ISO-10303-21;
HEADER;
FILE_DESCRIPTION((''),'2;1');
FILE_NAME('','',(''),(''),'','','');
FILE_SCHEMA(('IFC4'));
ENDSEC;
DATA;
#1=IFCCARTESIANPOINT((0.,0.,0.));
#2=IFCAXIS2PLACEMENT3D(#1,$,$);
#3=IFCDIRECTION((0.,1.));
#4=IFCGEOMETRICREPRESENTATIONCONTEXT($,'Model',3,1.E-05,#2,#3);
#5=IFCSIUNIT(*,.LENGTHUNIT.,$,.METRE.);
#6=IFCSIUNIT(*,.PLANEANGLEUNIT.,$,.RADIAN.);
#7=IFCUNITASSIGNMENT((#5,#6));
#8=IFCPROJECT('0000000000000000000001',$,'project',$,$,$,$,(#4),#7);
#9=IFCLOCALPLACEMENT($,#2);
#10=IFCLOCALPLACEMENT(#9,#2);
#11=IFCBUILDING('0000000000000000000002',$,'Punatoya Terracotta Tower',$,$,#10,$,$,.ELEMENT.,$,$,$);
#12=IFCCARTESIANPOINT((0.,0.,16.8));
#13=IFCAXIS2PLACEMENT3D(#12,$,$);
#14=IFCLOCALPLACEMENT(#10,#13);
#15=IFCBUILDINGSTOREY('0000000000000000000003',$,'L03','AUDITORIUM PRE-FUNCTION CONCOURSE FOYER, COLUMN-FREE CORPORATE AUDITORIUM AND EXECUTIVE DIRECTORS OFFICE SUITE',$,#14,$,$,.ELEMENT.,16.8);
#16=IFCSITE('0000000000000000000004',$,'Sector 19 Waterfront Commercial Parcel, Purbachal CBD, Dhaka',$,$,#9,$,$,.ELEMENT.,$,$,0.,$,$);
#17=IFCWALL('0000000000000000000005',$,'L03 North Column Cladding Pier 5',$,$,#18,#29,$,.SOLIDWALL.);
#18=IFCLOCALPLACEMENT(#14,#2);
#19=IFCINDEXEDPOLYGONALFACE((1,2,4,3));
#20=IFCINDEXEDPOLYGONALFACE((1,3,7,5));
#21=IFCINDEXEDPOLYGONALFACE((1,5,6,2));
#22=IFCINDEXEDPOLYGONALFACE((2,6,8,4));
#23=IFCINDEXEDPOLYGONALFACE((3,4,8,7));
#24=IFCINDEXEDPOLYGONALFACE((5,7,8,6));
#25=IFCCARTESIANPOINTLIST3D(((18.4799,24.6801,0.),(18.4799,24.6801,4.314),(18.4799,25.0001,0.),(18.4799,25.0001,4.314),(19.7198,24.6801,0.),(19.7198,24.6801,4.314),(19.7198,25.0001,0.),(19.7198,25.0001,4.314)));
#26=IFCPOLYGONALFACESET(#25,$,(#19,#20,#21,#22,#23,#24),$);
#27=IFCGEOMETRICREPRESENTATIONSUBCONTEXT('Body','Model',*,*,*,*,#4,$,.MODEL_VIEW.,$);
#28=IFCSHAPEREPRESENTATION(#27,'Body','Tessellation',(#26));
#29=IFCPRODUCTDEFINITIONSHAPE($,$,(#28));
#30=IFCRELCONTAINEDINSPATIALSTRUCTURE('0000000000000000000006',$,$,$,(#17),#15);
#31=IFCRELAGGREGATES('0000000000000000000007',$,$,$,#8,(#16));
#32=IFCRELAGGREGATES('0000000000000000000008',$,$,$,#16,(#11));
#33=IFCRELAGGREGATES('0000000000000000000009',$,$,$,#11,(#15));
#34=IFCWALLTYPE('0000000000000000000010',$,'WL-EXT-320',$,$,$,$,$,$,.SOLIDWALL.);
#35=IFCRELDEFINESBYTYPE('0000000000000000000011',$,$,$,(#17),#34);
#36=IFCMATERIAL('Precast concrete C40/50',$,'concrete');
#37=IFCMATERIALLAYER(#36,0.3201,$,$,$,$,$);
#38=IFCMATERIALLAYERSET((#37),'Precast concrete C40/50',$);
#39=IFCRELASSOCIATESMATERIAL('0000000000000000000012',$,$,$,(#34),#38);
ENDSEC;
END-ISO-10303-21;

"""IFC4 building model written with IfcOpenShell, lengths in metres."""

from ifc_helpers import new_model, si_unit, direction, frame, frame_2d, origin, place, context, subcontext, project, spatial, rectangle, extrude, material, layer, layer_set, type_object, element, save


model = new_model("IFC4")

# Units and contexts
model_context = context("Model", 3, precision=1e-05, world=origin(), true_north=direction((0.0, 1.0)))
body_context = subcontext(model_context, "Body", "Model", "MODEL_VIEW")
ifc_project = project(units=[si_unit("LENGTHUNIT", "METRE"), si_unit("PLANEANGLEUNIT", "RADIAN")], contexts=[model_context])

# Site, building, storey
site_placement = place(None, origin())
site = spatial("IfcSite", under=ifc_project, at=site_placement, Name="Sector 19 Waterfront Commercial Parcel, Purbachal CBD, Dhaka", CompositionType="ELEMENT", RefElevation=0.0)
building_placement = place(site_placement, origin())
building = spatial("IfcBuilding", under=site, at=building_placement, Name="Punatoya Terracotta Tower", CompositionType="ELEMENT")
storey_placement = place(building_placement, frame((0.0, 0.0, 16.8)))
storey = spatial("IfcBuildingStorey", under=building, at=storey_placement, Name="L03", Description="AUDITORIUM PRE-FUNCTION CONCOURSE FOYER, COLUMN-FREE CORPORATE AUDITORIUM AND EXECUTIVE DIRECTORS OFFICE SUITE", CompositionType="ELEMENT", Elevation=16.8)

# Wall
ifc_material_1 = material(Name="Precast concrete C40/50", Category="concrete")
ifc_layer_1 = layer(ifc_material_1, 0.3201)
ifc_layer_set_1 = layer_set([ifc_layer_1], Name="Precast concrete C40/50")
wall_type = type_object("IfcWallType", Name="WL-EXT-320", PredefinedType="SOLIDWALL", material=ifc_layer_set_1)
for number, where, z_axis, x_axis, name in (
    (1, (19.72, 24.8401, 0.0), (0.0, 0.0, 1.0), (-1.0, 0.0, 0.0), "L03 North Column Cladding Pier 5"),
):
    element("IfcWall", number, at=place(storey_placement, frame(where, z_axis=z_axis, x_axis=x_axis)), inside=storey, type_object=wall_type, Name=name, PredefinedType="SOLIDWALL", context=body_context, shape_type="SweptSolid", body=[
        extrude(rectangle(XDim=1.24, YDim=0.3201, at=frame_2d((0.6201, 0.0))), origin(), (0.0, 0.0, 1.0), 4.314),
    ])

save(model, "model.ifc")
